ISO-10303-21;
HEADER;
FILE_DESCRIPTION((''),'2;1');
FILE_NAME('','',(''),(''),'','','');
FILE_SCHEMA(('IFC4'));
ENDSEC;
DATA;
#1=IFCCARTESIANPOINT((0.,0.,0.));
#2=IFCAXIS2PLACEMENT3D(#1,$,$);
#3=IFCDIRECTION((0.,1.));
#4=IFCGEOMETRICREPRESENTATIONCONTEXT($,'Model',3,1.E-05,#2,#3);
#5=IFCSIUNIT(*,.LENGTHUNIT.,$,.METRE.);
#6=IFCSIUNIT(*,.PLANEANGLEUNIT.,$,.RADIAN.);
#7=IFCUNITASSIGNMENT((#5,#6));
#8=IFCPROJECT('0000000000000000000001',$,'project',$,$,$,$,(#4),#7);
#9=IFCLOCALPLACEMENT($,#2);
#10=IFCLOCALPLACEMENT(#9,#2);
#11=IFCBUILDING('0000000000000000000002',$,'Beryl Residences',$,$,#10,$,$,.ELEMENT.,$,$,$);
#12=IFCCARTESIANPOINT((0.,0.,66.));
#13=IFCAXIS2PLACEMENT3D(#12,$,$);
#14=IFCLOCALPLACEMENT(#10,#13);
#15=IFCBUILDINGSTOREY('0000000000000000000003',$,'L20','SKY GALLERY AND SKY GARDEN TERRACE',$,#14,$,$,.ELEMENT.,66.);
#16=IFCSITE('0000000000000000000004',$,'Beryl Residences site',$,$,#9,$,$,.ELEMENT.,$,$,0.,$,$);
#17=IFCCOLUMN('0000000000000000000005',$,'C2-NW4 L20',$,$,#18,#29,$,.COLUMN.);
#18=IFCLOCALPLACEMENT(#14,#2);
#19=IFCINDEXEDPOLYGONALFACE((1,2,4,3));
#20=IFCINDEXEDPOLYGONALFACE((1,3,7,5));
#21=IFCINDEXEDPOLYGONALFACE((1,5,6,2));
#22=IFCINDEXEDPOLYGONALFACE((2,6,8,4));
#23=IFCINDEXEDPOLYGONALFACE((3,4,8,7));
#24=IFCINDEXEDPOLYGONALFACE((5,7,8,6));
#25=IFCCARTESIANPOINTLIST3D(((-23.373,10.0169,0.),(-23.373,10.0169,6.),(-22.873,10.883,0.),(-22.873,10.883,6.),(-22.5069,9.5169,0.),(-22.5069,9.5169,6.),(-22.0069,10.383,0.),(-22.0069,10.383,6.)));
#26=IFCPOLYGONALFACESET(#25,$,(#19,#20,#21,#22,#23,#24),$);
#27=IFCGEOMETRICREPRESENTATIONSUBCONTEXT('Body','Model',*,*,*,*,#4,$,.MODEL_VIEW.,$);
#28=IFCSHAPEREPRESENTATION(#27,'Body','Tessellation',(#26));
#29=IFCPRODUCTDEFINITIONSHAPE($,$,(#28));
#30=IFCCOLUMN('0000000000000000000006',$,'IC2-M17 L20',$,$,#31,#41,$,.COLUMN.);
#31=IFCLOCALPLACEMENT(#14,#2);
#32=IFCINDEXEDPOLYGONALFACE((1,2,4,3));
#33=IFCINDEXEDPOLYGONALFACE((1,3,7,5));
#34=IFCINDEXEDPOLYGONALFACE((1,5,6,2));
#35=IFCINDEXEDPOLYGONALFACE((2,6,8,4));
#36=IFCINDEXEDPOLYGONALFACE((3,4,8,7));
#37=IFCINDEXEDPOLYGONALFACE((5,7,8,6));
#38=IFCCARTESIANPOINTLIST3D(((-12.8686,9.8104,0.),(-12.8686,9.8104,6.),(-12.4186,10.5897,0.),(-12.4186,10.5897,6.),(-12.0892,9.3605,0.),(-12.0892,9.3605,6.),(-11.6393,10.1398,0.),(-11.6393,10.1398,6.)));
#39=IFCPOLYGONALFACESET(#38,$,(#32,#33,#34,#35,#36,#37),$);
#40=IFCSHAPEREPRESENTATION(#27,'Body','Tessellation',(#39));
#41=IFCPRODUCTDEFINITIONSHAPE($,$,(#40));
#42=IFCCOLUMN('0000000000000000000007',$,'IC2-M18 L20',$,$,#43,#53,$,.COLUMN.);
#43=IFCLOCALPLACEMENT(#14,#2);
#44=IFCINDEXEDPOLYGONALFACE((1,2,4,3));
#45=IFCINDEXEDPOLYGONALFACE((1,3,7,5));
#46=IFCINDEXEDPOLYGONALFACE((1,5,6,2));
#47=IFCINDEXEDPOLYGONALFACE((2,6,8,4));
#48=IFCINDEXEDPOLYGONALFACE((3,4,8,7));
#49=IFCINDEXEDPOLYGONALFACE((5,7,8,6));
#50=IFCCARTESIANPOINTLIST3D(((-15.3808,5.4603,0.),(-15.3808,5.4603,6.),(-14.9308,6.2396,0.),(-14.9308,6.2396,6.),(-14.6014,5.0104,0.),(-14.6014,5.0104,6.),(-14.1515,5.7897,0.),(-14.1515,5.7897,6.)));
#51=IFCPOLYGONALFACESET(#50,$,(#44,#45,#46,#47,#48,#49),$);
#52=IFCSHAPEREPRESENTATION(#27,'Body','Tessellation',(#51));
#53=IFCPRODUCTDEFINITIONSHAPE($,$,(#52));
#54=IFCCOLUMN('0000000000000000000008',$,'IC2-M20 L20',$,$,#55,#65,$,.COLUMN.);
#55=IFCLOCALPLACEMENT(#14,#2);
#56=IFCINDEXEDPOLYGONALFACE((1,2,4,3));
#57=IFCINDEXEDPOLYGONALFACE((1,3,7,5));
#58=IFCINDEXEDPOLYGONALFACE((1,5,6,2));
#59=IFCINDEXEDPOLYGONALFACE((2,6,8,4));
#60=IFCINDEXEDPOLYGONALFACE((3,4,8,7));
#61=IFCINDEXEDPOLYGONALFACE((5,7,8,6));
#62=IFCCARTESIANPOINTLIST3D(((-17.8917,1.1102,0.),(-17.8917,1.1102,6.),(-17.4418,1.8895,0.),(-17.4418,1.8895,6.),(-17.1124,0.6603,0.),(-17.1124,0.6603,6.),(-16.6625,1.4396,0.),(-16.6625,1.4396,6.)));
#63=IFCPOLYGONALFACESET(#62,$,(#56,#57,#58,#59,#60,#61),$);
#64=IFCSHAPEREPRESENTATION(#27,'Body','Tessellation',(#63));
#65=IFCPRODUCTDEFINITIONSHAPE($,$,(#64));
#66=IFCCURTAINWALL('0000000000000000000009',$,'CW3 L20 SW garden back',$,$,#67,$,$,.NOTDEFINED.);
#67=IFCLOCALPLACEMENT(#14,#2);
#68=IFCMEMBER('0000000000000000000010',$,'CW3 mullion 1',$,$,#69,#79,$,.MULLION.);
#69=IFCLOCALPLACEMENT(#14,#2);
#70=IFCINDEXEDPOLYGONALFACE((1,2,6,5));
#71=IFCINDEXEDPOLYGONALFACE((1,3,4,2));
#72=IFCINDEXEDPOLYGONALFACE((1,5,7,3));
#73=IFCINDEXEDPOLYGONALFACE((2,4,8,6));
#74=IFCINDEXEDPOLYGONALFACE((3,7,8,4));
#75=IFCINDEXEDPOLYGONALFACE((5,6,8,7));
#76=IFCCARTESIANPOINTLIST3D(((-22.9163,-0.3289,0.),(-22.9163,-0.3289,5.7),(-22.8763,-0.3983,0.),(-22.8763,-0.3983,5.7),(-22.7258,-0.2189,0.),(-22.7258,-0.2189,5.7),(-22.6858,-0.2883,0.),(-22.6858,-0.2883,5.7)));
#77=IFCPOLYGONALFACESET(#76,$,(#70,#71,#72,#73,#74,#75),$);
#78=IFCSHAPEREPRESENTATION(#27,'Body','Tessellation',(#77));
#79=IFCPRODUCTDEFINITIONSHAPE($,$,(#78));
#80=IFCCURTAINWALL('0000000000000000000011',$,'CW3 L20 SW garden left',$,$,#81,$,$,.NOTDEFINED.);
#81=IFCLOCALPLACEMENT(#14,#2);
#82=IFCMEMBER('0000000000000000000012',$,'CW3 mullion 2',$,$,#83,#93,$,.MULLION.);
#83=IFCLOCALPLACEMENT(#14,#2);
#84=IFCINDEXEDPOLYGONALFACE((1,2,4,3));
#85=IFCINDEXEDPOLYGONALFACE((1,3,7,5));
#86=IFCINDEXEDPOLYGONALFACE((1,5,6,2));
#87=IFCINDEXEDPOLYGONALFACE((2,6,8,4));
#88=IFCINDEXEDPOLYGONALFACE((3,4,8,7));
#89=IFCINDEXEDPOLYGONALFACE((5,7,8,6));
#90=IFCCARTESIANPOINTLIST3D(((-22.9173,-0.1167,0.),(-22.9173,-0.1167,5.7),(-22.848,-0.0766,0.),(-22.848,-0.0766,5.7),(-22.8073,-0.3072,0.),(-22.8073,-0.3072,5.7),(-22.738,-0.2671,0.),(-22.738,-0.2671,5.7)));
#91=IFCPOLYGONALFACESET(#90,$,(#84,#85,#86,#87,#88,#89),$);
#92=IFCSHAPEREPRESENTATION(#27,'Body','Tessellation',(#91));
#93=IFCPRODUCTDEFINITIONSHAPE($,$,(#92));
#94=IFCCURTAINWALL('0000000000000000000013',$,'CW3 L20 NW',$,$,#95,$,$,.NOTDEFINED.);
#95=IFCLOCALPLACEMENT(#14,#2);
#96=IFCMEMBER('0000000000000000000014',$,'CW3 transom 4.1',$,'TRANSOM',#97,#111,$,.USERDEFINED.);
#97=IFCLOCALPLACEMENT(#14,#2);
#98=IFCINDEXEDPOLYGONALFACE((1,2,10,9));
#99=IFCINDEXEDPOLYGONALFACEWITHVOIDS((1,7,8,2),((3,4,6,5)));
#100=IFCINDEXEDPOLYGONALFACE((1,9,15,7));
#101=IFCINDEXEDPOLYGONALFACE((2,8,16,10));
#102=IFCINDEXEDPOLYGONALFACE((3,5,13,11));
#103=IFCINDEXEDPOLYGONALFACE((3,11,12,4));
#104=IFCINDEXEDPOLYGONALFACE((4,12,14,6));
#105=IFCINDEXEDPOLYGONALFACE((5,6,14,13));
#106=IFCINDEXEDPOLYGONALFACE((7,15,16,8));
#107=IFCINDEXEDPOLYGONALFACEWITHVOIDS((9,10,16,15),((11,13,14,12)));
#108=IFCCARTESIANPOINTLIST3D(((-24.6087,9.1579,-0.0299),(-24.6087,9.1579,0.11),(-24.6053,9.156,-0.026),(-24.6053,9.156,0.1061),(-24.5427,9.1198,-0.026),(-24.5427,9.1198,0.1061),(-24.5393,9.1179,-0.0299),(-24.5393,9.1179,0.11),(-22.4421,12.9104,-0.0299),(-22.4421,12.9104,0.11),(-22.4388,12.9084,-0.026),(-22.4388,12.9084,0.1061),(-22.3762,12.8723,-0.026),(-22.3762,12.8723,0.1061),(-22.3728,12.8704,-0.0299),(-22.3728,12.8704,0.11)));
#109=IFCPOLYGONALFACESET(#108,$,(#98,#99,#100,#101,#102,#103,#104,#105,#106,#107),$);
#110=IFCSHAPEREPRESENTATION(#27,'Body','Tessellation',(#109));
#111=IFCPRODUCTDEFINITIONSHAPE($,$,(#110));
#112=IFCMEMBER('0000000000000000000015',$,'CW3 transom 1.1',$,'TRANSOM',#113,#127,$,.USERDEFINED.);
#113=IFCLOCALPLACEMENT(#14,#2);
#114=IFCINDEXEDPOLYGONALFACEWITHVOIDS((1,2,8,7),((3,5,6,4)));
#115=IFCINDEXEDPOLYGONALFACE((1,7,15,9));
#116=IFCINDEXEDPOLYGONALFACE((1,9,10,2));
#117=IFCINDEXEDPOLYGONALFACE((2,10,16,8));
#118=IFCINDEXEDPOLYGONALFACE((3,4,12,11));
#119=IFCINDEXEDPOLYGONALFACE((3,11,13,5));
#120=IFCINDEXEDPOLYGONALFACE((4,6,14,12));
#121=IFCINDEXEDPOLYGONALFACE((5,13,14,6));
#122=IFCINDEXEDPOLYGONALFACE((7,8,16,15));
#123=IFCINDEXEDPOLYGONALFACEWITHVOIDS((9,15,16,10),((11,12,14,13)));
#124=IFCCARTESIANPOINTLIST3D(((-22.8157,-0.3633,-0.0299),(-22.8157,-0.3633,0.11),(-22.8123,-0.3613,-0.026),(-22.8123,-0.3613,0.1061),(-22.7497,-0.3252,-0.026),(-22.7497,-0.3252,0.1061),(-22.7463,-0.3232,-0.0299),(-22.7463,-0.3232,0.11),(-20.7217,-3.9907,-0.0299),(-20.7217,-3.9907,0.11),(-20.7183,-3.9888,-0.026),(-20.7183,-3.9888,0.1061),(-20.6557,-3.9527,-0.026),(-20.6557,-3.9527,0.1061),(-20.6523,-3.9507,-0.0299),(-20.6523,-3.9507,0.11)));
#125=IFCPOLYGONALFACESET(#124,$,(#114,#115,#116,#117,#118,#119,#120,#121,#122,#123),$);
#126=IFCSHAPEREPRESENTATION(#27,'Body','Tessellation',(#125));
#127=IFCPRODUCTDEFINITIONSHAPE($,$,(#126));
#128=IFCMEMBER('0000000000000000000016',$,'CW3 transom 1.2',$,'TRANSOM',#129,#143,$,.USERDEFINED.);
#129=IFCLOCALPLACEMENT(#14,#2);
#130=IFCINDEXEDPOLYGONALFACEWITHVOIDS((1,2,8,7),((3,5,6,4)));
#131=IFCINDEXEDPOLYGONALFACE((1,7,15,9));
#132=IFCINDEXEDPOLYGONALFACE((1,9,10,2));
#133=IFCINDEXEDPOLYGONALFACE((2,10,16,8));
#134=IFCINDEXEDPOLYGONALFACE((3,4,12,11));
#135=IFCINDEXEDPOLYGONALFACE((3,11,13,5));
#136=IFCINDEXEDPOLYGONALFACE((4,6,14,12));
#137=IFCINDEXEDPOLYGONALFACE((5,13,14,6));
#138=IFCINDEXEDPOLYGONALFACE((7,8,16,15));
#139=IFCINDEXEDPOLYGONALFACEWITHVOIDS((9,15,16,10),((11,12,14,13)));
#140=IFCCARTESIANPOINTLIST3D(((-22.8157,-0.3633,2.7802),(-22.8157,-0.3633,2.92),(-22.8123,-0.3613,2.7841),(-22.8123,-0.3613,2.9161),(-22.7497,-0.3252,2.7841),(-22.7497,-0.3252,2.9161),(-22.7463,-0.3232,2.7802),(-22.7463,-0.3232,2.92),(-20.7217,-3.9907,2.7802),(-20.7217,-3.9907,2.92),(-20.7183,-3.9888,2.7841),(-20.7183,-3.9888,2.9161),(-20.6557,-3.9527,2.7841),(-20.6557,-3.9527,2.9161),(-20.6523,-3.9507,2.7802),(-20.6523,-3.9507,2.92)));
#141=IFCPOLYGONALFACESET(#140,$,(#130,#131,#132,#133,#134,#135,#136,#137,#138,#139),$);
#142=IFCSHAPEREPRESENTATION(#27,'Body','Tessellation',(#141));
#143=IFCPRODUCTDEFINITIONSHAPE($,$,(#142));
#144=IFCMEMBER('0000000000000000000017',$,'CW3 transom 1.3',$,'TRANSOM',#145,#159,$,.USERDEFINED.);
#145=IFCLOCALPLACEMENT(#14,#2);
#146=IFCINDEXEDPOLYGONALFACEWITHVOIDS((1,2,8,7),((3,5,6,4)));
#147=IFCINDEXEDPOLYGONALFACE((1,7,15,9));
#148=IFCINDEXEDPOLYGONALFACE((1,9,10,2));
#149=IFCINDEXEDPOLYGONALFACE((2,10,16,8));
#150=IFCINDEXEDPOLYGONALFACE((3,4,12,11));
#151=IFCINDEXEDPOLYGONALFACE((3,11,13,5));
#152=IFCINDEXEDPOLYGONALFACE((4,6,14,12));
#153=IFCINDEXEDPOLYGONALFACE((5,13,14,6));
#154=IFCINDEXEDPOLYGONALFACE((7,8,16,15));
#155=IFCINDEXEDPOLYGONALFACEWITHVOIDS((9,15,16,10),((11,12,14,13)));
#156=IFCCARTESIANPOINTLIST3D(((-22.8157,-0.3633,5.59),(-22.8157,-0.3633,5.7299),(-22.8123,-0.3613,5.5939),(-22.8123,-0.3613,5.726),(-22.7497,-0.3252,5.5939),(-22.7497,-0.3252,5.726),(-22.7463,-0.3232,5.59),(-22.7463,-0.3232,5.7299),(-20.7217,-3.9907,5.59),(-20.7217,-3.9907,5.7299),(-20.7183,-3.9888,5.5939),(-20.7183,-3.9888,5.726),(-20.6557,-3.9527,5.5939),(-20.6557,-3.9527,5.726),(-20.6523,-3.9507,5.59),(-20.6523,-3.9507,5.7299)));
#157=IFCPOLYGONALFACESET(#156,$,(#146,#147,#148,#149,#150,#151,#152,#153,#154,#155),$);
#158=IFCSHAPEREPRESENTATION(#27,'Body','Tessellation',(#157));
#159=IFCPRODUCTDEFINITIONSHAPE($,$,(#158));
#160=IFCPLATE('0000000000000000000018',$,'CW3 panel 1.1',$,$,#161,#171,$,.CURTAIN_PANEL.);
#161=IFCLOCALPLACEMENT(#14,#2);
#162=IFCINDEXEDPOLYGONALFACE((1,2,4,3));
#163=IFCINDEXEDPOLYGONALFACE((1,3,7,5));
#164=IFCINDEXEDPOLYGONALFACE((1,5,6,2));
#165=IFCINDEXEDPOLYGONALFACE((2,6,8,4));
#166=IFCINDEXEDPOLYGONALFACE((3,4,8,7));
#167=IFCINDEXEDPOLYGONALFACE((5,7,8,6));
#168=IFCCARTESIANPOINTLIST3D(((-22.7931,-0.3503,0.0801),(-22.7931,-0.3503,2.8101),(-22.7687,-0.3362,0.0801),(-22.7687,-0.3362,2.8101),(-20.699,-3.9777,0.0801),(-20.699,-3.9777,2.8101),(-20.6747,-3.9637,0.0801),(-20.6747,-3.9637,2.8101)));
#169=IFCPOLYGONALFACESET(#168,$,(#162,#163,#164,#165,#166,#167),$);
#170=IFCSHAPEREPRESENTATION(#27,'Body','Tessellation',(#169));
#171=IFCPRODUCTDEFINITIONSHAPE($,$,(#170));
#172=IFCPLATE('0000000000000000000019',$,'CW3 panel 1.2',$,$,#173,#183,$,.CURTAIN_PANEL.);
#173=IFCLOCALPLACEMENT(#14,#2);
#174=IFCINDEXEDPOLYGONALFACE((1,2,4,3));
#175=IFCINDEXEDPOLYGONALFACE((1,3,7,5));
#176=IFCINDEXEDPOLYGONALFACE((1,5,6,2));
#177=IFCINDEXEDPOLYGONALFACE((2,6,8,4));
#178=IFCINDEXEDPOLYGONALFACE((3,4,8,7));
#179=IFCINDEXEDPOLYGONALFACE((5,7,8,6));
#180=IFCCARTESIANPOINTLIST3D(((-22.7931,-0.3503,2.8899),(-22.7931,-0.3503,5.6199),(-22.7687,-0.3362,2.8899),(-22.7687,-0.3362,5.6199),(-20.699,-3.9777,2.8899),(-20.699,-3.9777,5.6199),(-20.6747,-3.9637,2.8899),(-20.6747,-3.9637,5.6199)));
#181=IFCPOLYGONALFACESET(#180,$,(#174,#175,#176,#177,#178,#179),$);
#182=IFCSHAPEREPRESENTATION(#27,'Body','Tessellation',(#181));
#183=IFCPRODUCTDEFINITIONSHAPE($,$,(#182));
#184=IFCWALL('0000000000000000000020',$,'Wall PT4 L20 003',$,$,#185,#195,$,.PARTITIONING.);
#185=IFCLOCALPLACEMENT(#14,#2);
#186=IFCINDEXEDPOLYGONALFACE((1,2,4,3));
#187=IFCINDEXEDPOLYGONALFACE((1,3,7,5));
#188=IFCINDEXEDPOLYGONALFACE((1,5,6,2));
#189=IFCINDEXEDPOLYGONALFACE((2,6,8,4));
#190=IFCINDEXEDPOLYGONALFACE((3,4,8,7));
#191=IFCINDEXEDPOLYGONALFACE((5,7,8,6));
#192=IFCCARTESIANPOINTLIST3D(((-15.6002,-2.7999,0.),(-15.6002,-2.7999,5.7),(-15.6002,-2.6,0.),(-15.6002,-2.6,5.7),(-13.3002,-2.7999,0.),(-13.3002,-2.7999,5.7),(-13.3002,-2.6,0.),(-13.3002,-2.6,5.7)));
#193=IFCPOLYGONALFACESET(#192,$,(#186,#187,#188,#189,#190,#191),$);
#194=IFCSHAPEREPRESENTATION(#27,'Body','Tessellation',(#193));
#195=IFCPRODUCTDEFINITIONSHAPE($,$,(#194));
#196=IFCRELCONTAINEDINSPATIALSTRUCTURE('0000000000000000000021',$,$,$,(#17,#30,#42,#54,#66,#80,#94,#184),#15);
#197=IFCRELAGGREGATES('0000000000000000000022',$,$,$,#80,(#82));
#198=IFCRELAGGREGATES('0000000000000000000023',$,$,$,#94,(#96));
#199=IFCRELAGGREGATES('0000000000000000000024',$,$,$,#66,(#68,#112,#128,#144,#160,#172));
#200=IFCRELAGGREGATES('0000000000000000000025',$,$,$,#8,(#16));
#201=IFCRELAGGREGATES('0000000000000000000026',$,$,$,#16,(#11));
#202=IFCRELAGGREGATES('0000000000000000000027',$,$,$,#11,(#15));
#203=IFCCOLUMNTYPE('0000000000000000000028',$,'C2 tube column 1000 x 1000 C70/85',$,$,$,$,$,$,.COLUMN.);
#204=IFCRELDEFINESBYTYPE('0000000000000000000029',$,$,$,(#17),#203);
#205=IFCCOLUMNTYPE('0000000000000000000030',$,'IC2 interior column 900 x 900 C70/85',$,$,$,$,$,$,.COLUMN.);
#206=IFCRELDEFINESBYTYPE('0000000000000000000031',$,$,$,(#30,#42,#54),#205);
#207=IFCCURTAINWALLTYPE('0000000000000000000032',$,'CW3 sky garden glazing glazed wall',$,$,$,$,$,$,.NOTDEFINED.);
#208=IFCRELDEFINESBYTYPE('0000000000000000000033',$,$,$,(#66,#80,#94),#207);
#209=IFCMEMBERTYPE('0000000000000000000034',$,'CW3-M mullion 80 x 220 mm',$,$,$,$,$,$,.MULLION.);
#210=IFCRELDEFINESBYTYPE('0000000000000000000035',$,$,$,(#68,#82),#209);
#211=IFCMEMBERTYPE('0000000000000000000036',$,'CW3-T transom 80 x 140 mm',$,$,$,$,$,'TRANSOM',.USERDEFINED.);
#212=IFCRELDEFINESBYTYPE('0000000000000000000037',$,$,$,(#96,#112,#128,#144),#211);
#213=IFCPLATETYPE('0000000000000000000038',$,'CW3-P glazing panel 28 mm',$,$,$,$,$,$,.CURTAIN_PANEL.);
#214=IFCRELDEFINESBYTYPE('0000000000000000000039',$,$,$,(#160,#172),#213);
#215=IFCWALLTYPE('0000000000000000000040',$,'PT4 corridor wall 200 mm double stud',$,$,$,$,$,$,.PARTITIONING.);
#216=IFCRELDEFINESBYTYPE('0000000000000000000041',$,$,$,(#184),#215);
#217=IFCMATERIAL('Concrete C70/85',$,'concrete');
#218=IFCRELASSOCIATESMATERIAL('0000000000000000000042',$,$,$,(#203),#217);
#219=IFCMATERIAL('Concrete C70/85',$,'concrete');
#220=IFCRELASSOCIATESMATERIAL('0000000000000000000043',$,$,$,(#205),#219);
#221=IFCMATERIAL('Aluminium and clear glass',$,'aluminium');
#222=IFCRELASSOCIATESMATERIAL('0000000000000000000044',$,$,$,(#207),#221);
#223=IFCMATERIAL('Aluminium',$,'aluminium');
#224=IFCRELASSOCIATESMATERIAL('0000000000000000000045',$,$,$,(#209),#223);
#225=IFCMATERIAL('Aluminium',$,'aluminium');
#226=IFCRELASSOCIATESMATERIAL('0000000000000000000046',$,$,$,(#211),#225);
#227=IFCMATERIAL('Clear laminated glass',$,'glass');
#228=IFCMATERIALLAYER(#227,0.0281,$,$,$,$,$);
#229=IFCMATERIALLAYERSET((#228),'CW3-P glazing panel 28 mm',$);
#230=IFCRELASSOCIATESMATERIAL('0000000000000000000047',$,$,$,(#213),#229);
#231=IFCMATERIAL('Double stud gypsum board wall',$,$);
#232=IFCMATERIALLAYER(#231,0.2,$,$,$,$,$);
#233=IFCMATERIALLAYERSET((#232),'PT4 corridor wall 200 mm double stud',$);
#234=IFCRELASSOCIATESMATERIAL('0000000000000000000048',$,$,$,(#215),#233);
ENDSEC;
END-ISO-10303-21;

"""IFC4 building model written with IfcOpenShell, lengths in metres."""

from ifc_helpers import new_model, si_unit, direction, frame, frame_2d, origin, origin_2d, place, context, subcontext, project, spatial, rectangle, hollow_rectangle, extrude, material, layer, layer_set, material_profile, profile_set, type_object, element, aggregate, save


model = new_model("IFC4")

# Units and contexts
model_context = context("Model", 3, precision=1e-05, world=origin(), true_north=direction((0.0, 1.0)))
body_context = subcontext(model_context, "Body", "Model", "MODEL_VIEW")
ifc_project = project(units=[si_unit("LENGTHUNIT", "METRE"), si_unit("PLANEANGLEUNIT", "RADIAN")], contexts=[model_context])

# Site, building, storey
site_placement = place(None, origin())
site = spatial("IfcSite", under=ifc_project, at=site_placement, Name="Beryl Residences site", CompositionType="ELEMENT", RefElevation=0.0)
building_placement = place(site_placement, origin())
building = spatial("IfcBuilding", under=site, at=building_placement, Name="Beryl Residences", CompositionType="ELEMENT")
storey_placement = place(building_placement, frame((0.0, 0.0, 66.0)))
storey = spatial("IfcBuildingStorey", under=building, at=storey_placement, Name="L20", Description="SKY GALLERY AND SKY GARDEN TERRACE", CompositionType="ELEMENT", Elevation=66.0)

# Columns
ifc_material_1 = material(Name="Concrete C70/85", Category="concrete")
ifc_material_profile_1 = material_profile(ifc_material_1, rectangle(XDim=1.0, YDim=1.0, at=origin_2d()))
ifc_profile_set_1 = profile_set([ifc_material_profile_1], Name="Concrete C70/85")
column_type_1 = type_object("IfcColumnType", Name="C2 tube column 1000 x 1000 C70/85", PredefinedType="COLUMN", material=ifc_profile_set_1)
column_placement = place(storey_placement, frame((-22.6899, 10.2, 0.0), z_axis=(0.0, 0.0, 1.0), x_axis=(-0.5, -0.866025, 0.0)))
element("IfcColumn", 1, at=column_placement, inside=storey, type_object=column_type_1, Name="C2-NW4 L20", PredefinedType="COLUMN", context=body_context, shape_type="SweptSolid", body=[
    extrude(rectangle(XDim=1.0, YDim=1.0, at=origin_2d()), origin(), (0.0, 0.0, 1.0), 6.0),
])
ifc_material_2 = material(Name="Concrete C70/85", Category="concrete")
ifc_material_profile_2 = material_profile(ifc_material_2, rectangle(XDim=0.8999, YDim=0.8999, at=origin_2d()))
ifc_profile_set_2 = profile_set([ifc_material_profile_2], Name="Concrete C70/85")
column_type_2 = type_object("IfcColumnType", Name="IC2 interior column 900 x 900 C70/85", PredefinedType="COLUMN", material=ifc_profile_set_2)
for number, where, z_axis, x_axis, name in (
    (2, (-12.2539, 9.9751, 0.0), (0.0, 0.0, 1.0), (-0.5, -0.866025, 0.0), "IC2-M17 L20"),
    (3, (-14.7661, 5.625, 0.0), (0.0, 0.0, 1.0), (-0.5, -0.866025, 0.0), "IC2-M18 L20"),
    (4, (-17.2771, 1.2749, 0.0), (0.0, 0.0, 1.0), (-0.5, -0.866025, 0.0), "IC2-M20 L20"),
):
    element("IfcColumn", number, at=place(storey_placement, frame(where, z_axis=z_axis, x_axis=x_axis)), inside=storey, type_object=column_type_2, Name=name, PredefinedType="COLUMN", context=body_context, shape_type="SweptSolid", body=[
        extrude(rectangle(XDim=0.8999, YDim=0.8999, at=origin_2d()), origin(), (0.0, 0.0, 1.0), 6.0),
    ])

# Curtain walls, members
ifc_material_3 = material(Name="Aluminium and clear glass", Category="aluminium")
curtain_wall_type = type_object("IfcCurtainWallType", Name="CW3 sky garden glazing glazed wall", PredefinedType="NOTDEFINED", material=ifc_material_3)
curtain_wall_1_placement = place(storey_placement, origin())
curtain_wall_1 = element("IfcCurtainWall", 5, at=curtain_wall_1_placement, inside=storey, type_object=curtain_wall_type, Name="CW3 L20 SW garden back", PredefinedType="NOTDEFINED")
ifc_material_4 = material(Name="Aluminium", Category="aluminium")
ifc_material_profile_3 = material_profile(ifc_material_4, rectangle(XDim=0.0801, YDim=0.22, at=origin_2d()))
ifc_profile_set_3 = profile_set([ifc_material_profile_3], Name="Aluminium")
member_type_1 = type_object("IfcMemberType", Name="CW3-M mullion 80 x 220 mm", PredefinedType="MULLION", material=ifc_profile_set_3)
member_1_placement = place(storey_placement, frame((-22.801, -0.3086, 0.0), z_axis=(0.0, 0.0, 1.0), x_axis=(0.499948, -0.866055, 0.0)))
member_1 = element("IfcMember", 6, at=member_1_placement, type_object=member_type_1, Name="CW3 mullion 1", PredefinedType="MULLION", context=body_context, shape_type="SweptSolid", body=[
    extrude(rectangle(XDim=0.0801, YDim=0.22, at=origin_2d()), origin(), (0.0, 0.0, 1.0), 5.7),
])
curtain_wall_2_placement = place(storey_placement, origin())
curtain_wall_2 = element("IfcCurtainWall", 7, at=curtain_wall_2_placement, inside=storey, type_object=curtain_wall_type, Name="CW3 L20 SW garden left", PredefinedType="NOTDEFINED")
member_2_placement = place(storey_placement, frame((-22.8276, -0.1919, 0.0), z_axis=(0.0, 0.0, 1.0), x_axis=(0.866032, 0.499989, 0.0)))
member_2 = element("IfcMember", 8, at=member_2_placement, type_object=member_type_1, Name="CW3 mullion 2", PredefinedType="MULLION", context=body_context, shape_type="SweptSolid", body=[
    extrude(rectangle(XDim=0.0801, YDim=0.22, at=origin_2d()), origin(), (0.0, 0.0, 1.0), 5.7),
])
aggregate(curtain_wall_2, [member_2])
curtain_wall_3_placement = place(storey_placement, origin())
curtain_wall_3 = element("IfcCurtainWall", 9, at=curtain_wall_3_placement, inside=storey, type_object=curtain_wall_type, Name="CW3 L20 NW", PredefinedType="NOTDEFINED")
ifc_material_5 = material(Name="Aluminium", Category="aluminium")
ifc_material_profile_4 = material_profile(ifc_material_5, hollow_rectangle(XDim=0.0801, YDim=0.1399, WallThickness=0.0039, at=origin_2d()))
ifc_profile_set_4 = profile_set([ifc_material_profile_4], Name="Aluminium")
member_type_2 = type_object("IfcMemberType", Name="CW3-T transom 80 x 140 mm", ElementType="TRANSOM", PredefinedType="USERDEFINED", material=ifc_profile_set_4)
member_3_placement = place(storey_placement, frame((-22.4075, 12.8904, 0.04), z_axis=(-0.500005, -0.866022, 0.0), x_axis=(0.866022, -0.500005, 0.0)))
member_3 = element("IfcMember", 10, at=member_3_placement, type_object=member_type_2, Name="CW3 transom 4.1", ObjectType="TRANSOM", PredefinedType="USERDEFINED", context=body_context, shape_type="SweptSolid", body=[
    extrude(hollow_rectangle(XDim=0.0801, YDim=0.1399, WallThickness=0.0039, at=origin_2d()), origin(), (0.0, 0.0, 1.0), 4.333),
])
aggregate(curtain_wall_3, [member_3])

# Members
member_4_placement = place(storey_placement, frame((-22.781, -0.3433, 0.04), z_axis=(0.499944, -0.866057, 0.0), x_axis=(0.866057, 0.499944, 0.0)))
member_4 = element("IfcMember", 11, at=member_4_placement, type_object=member_type_2, Name="CW3 transom 1.1", ObjectType="TRANSOM", PredefinedType="USERDEFINED", context=body_context, shape_type="SweptSolid", body=[
    extrude(hollow_rectangle(XDim=0.0801, YDim=0.1399, WallThickness=0.0039, at=origin_2d()), origin(), (0.0, 0.0, 1.0), 4.1885),
])
member_5_placement = place(storey_placement, frame((-22.781, -0.3433, 2.8501), z_axis=(0.499944, -0.866057, 0.0), x_axis=(0.866057, 0.499944, 0.0)))
member_5 = element("IfcMember", 12, at=member_5_placement, type_object=member_type_2, Name="CW3 transom 1.2", ObjectType="TRANSOM", PredefinedType="USERDEFINED", context=body_context, shape_type="SweptSolid", body=[
    extrude(hollow_rectangle(XDim=0.0801, YDim=0.1399, WallThickness=0.0039, at=origin_2d()), origin(), (0.0, 0.0, 1.0), 4.1885),
])
member_6_placement = place(storey_placement, frame((-22.781, -0.3433, 5.6599), z_axis=(0.499944, -0.866057, 0.0), x_axis=(0.866057, 0.499944, 0.0)))
member_6 = element("IfcMember", 13, at=member_6_placement, type_object=member_type_2, Name="CW3 transom 1.3", ObjectType="TRANSOM", PredefinedType="USERDEFINED", context=body_context, shape_type="SweptSolid", body=[
    extrude(hollow_rectangle(XDim=0.0801, YDim=0.1399, WallThickness=0.0039, at=origin_2d()), origin(), (0.0, 0.0, 1.0), 4.1885),
])

# Plates
ifc_material_6 = material(Name="Clear laminated glass", Category="glass")
ifc_layer_1 = layer(ifc_material_6, 0.0281)
ifc_layer_set_1 = layer_set([ifc_layer_1], Name="CW3-P glazing panel 28 mm")
plate_type = type_object("IfcPlateType", Name="CW3-P glazing panel 28 mm", PredefinedType="CURTAIN_PANEL", material=ifc_layer_set_1)
plate_1_placement = place(storey_placement, frame((-21.7339, -2.157, 0.0801), z_axis=(0.0, 0.0, 1.0), x_axis=(0.499948, -0.866055, 0.0)))
plate_1 = element("IfcPlate", 14, at=plate_1_placement, type_object=plate_type, Name="CW3 panel 1.1", PredefinedType="CURTAIN_PANEL", context=body_context, shape_type="SweptSolid", body=[
    extrude(rectangle(XDim=4.1885, YDim=0.0281, at=origin_2d()), origin(), (0.0, 0.0, 1.0), 2.73),
])
plate_2_placement = place(storey_placement, frame((-21.7339, -2.157, 2.8899), z_axis=(0.0, 0.0, 1.0), x_axis=(0.499948, -0.866055, 0.0)))
plate_2 = element("IfcPlate", 15, at=plate_2_placement, type_object=plate_type, Name="CW3 panel 1.2", PredefinedType="CURTAIN_PANEL", context=body_context, shape_type="SweptSolid", body=[
    extrude(rectangle(XDim=4.1885, YDim=0.0281, at=origin_2d()), origin(), (0.0, 0.0, 1.0), 2.73),
])
aggregate(curtain_wall_1, [member_1, member_4, member_5, member_6, plate_1, plate_2])

# Wall
ifc_material_7 = material(Name="Double stud gypsum board wall")
ifc_layer_2 = layer(ifc_material_7, 0.2)
ifc_layer_set_2 = layer_set([ifc_layer_2], Name="PT4 corridor wall 200 mm double stud")
wall_type_1 = type_object("IfcWallType", Name="PT4 corridor wall 200 mm double stud", PredefinedType="PARTITIONING", material=ifc_layer_set_2)
wall_1_placement = place(storey_placement, frame((-15.6001, -2.7, 0.0), z_axis=(0.0, 0.0, 1.0), x_axis=(1.0, 0.0, 0.0)))
element("IfcWall", 16, at=wall_1_placement, inside=storey, type_object=wall_type_1, Name="Wall PT4 L20 003", PredefinedType="PARTITIONING", context=body_context, shape_type="SweptSolid", body=[
    extrude(rectangle(XDim=2.3, YDim=0.2, at=frame_2d((1.1499, 0.0))), origin(), (0.0, 0.0, 1.0), 5.7),
])

save(model, "model.ifc")
